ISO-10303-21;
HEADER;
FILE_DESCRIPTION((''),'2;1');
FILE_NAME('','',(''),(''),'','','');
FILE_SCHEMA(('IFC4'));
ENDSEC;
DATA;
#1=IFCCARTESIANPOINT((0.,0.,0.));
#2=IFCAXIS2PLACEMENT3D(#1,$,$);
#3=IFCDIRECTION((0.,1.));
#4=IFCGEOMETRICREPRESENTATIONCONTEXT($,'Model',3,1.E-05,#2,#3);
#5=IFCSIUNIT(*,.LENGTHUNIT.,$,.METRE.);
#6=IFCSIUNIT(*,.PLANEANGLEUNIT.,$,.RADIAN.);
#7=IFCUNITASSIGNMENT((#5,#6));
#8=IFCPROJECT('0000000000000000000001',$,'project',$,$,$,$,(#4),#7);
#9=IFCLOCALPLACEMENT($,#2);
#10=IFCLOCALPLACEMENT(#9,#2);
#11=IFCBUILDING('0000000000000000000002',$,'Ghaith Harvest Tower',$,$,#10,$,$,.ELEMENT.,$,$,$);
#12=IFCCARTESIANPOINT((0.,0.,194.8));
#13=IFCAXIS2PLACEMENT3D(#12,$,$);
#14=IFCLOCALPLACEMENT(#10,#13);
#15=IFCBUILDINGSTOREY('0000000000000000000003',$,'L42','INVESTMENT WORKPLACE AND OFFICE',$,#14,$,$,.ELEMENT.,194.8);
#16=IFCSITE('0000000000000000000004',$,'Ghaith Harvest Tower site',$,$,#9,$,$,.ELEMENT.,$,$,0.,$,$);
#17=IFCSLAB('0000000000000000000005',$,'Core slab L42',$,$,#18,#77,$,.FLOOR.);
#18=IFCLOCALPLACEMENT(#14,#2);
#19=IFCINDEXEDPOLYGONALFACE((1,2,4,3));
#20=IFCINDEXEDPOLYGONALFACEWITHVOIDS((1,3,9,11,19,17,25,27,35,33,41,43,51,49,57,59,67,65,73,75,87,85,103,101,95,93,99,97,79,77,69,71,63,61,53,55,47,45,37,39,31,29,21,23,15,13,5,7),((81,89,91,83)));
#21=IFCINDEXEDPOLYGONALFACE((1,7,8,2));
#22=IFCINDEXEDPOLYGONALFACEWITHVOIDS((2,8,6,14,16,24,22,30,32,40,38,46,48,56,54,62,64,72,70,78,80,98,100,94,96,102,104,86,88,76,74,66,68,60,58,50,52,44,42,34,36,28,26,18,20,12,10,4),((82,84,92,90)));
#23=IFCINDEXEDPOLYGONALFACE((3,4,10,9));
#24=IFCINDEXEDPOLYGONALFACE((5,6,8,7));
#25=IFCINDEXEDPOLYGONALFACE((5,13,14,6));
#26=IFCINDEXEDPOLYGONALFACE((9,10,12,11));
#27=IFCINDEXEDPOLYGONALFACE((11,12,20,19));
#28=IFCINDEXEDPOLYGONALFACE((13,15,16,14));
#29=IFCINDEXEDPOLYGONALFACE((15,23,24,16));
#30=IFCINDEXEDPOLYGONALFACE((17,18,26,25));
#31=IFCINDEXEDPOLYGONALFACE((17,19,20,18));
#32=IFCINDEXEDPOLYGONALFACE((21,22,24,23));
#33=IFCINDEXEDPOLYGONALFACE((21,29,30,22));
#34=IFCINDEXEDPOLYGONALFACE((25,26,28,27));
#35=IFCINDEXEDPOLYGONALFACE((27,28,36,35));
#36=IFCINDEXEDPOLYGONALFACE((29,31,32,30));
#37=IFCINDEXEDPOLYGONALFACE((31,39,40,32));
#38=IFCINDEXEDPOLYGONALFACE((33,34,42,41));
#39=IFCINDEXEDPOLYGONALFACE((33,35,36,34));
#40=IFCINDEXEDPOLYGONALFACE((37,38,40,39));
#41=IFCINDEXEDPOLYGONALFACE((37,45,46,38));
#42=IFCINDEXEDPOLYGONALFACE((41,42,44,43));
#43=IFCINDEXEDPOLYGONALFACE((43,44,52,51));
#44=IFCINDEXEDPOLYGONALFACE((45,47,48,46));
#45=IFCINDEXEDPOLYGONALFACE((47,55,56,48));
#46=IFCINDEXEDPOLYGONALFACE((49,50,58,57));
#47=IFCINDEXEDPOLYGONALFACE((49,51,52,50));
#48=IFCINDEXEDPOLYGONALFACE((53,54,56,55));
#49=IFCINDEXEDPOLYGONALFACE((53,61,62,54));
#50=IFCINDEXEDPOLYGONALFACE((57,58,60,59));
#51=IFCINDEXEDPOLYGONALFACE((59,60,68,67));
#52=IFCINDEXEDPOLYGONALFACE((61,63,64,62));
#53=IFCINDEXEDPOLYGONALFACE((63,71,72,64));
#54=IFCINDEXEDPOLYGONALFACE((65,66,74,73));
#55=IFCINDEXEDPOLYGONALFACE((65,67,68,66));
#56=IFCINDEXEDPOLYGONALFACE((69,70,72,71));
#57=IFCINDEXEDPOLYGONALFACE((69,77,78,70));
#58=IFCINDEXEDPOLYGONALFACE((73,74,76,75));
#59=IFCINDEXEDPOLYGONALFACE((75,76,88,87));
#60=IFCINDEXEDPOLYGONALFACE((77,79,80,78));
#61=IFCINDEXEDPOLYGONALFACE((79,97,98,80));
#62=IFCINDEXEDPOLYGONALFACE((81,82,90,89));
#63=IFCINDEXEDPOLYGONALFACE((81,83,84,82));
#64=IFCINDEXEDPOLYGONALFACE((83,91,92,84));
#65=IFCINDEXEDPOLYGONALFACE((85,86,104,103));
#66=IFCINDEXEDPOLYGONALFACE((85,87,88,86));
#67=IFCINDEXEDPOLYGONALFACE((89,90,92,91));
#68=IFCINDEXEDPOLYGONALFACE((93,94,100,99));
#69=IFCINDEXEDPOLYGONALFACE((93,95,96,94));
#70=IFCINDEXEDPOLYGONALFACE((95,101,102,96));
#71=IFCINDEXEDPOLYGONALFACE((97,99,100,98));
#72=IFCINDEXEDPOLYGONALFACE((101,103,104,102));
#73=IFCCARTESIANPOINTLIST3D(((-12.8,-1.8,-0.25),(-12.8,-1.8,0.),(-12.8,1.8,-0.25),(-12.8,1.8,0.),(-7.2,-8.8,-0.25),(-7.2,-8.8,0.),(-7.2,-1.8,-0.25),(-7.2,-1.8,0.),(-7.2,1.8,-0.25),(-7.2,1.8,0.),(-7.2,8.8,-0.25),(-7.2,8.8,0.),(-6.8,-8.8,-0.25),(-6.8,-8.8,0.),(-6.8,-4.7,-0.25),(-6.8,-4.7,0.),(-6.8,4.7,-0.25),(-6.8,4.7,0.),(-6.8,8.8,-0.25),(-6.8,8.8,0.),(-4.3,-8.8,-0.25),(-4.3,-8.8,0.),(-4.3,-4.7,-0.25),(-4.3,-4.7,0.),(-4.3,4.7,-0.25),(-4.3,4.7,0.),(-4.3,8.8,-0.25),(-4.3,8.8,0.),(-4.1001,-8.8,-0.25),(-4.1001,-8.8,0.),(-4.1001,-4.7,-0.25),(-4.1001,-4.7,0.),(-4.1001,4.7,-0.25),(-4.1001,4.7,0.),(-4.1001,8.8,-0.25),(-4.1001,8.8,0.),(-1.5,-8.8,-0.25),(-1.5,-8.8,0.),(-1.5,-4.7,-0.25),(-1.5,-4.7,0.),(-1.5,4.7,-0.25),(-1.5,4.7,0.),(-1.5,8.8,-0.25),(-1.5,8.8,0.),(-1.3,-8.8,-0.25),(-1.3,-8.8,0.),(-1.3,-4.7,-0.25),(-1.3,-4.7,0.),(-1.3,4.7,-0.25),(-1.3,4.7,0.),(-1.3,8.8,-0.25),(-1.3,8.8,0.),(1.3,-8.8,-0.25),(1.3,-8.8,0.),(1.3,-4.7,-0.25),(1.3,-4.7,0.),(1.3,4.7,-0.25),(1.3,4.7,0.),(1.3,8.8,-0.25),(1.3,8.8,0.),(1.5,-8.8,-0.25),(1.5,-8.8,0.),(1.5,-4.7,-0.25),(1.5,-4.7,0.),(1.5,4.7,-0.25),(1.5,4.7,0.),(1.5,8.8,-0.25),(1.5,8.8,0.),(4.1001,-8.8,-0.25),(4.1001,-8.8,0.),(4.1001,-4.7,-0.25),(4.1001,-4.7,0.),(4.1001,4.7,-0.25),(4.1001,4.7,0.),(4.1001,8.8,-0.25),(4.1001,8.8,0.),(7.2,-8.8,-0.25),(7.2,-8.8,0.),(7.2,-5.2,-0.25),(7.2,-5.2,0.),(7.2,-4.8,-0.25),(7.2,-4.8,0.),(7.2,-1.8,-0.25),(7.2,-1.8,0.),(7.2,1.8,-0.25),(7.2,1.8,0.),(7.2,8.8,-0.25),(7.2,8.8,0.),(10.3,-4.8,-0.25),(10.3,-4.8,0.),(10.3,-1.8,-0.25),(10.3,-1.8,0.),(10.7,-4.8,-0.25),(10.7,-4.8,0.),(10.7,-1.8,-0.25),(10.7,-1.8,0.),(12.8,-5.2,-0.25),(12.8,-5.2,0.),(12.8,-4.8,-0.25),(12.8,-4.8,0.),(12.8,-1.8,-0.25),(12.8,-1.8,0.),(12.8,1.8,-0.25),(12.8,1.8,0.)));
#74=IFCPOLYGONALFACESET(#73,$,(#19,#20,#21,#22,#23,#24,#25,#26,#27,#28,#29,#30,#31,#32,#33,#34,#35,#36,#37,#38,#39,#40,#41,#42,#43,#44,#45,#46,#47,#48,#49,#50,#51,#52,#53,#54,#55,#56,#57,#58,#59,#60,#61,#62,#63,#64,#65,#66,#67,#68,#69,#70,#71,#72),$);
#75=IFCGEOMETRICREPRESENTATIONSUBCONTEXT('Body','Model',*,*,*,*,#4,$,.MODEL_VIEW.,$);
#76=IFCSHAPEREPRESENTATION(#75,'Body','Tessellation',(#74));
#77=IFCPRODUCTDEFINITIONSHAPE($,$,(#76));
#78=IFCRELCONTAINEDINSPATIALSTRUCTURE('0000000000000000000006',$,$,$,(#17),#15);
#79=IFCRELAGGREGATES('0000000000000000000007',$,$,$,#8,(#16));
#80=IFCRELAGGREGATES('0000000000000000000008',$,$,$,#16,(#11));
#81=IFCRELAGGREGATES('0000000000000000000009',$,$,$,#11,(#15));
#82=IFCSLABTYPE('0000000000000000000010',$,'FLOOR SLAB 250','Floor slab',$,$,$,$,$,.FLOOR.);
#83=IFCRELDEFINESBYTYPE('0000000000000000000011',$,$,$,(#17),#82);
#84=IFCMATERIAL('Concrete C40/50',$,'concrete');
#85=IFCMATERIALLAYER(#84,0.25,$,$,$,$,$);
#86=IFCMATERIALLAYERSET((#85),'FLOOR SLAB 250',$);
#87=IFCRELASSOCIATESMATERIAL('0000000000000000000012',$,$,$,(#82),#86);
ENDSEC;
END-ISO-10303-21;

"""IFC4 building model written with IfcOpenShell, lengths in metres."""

from ifc_helpers import new_model, si_unit, direction, frame, origin, place, context, subcontext, project, spatial, polyline, outline, extrude, material, layer, layer_set, type_object, element, save


model = new_model("IFC4")

# Units and contexts
model_context = context("Model", 3, precision=1e-05, world=origin(), true_north=direction((0.0, 1.0)))
body_context = subcontext(model_context, "Body", "Model", "MODEL_VIEW")
ifc_project = project(units=[si_unit("LENGTHUNIT", "METRE"), si_unit("PLANEANGLEUNIT", "RADIAN")], contexts=[model_context])

# Site, building, storey
site_placement = place(None, origin())
site = spatial("IfcSite", under=ifc_project, at=site_placement, Name="Ghaith Harvest Tower site", CompositionType="ELEMENT", RefElevation=0.0)
building_placement = place(site_placement, origin())
building = spatial("IfcBuilding", under=site, at=building_placement, Name="Ghaith Harvest Tower", CompositionType="ELEMENT")
storey_placement = place(building_placement, frame((0.0, 0.0, 194.8)))
storey = spatial("IfcBuildingStorey", under=building, at=storey_placement, Name="L42", Description="INVESTMENT WORKPLACE AND OFFICE", CompositionType="ELEMENT", Elevation=194.8)

# Slab
ifc_material_1 = material(Name="Concrete C40/50", Category="concrete")
ifc_layer_1 = layer(ifc_material_1, 0.25)
ifc_layer_set_1 = layer_set([ifc_layer_1], Name="FLOOR SLAB 250")
slab_type_1 = type_object("IfcSlabType", Name="FLOOR SLAB 250", Description="Floor slab", PredefinedType="FLOOR", material=ifc_layer_set_1)
slab_1_placement = place(storey_placement, frame((0.0, 0.0, -0.25)))
element("IfcSlab", 1, at=slab_1_placement, inside=storey, type_object=slab_type_1, Name="Core slab L42", PredefinedType="FLOOR", context=body_context, shape_type="SweptSolid", body=[
    extrude(outline(polyline([(-12.8, 1.8), (-7.2, 1.8), (-7.2, 8.8), (-6.8, 8.8), (-6.8, 4.7), (-4.3, 4.7), (-4.3, 8.8), (-4.1001, 8.8), (-4.1001, 4.7), (-1.5, 4.7), (-1.5, 8.8), (-1.3, 8.8), (-1.3, 4.7), (1.3, 4.7), (1.3, 8.8), (1.5, 8.8), (1.5, 4.7), (4.1001, 4.7), (4.1001, 8.8), (7.2, 8.8), (7.2, 1.8), (12.8, 1.8), (12.8, -1.8), (10.7, -1.8), (10.7, -4.8), (12.8, -4.8), (12.8, -5.2), (7.2, -5.2), (7.2, -8.8), (4.1001, -8.8), (4.1001, -4.7), (1.5, -4.7), (1.5, -8.8), (1.3, -8.8), (1.3, -4.7), (-1.3, -4.7), (-1.3, -8.8), (-1.5, -8.8), (-1.5, -4.7), (-4.1001, -4.7), (-4.1001, -8.8), (-4.3, -8.8), (-4.3, -4.7), (-6.8, -4.7), (-6.8, -8.8), (-7.2, -8.8), (-7.2, -1.8), (-12.8, -1.8), (-12.8, 1.8)]), holes=[polyline([(10.3, -4.8), (10.3, -1.8), (7.2, -1.8), (7.2, -4.8), (10.3, -4.8)])]), origin(), (0.0, 0.0, 1.0), 0.25),
])

save(model, "model.ifc")
